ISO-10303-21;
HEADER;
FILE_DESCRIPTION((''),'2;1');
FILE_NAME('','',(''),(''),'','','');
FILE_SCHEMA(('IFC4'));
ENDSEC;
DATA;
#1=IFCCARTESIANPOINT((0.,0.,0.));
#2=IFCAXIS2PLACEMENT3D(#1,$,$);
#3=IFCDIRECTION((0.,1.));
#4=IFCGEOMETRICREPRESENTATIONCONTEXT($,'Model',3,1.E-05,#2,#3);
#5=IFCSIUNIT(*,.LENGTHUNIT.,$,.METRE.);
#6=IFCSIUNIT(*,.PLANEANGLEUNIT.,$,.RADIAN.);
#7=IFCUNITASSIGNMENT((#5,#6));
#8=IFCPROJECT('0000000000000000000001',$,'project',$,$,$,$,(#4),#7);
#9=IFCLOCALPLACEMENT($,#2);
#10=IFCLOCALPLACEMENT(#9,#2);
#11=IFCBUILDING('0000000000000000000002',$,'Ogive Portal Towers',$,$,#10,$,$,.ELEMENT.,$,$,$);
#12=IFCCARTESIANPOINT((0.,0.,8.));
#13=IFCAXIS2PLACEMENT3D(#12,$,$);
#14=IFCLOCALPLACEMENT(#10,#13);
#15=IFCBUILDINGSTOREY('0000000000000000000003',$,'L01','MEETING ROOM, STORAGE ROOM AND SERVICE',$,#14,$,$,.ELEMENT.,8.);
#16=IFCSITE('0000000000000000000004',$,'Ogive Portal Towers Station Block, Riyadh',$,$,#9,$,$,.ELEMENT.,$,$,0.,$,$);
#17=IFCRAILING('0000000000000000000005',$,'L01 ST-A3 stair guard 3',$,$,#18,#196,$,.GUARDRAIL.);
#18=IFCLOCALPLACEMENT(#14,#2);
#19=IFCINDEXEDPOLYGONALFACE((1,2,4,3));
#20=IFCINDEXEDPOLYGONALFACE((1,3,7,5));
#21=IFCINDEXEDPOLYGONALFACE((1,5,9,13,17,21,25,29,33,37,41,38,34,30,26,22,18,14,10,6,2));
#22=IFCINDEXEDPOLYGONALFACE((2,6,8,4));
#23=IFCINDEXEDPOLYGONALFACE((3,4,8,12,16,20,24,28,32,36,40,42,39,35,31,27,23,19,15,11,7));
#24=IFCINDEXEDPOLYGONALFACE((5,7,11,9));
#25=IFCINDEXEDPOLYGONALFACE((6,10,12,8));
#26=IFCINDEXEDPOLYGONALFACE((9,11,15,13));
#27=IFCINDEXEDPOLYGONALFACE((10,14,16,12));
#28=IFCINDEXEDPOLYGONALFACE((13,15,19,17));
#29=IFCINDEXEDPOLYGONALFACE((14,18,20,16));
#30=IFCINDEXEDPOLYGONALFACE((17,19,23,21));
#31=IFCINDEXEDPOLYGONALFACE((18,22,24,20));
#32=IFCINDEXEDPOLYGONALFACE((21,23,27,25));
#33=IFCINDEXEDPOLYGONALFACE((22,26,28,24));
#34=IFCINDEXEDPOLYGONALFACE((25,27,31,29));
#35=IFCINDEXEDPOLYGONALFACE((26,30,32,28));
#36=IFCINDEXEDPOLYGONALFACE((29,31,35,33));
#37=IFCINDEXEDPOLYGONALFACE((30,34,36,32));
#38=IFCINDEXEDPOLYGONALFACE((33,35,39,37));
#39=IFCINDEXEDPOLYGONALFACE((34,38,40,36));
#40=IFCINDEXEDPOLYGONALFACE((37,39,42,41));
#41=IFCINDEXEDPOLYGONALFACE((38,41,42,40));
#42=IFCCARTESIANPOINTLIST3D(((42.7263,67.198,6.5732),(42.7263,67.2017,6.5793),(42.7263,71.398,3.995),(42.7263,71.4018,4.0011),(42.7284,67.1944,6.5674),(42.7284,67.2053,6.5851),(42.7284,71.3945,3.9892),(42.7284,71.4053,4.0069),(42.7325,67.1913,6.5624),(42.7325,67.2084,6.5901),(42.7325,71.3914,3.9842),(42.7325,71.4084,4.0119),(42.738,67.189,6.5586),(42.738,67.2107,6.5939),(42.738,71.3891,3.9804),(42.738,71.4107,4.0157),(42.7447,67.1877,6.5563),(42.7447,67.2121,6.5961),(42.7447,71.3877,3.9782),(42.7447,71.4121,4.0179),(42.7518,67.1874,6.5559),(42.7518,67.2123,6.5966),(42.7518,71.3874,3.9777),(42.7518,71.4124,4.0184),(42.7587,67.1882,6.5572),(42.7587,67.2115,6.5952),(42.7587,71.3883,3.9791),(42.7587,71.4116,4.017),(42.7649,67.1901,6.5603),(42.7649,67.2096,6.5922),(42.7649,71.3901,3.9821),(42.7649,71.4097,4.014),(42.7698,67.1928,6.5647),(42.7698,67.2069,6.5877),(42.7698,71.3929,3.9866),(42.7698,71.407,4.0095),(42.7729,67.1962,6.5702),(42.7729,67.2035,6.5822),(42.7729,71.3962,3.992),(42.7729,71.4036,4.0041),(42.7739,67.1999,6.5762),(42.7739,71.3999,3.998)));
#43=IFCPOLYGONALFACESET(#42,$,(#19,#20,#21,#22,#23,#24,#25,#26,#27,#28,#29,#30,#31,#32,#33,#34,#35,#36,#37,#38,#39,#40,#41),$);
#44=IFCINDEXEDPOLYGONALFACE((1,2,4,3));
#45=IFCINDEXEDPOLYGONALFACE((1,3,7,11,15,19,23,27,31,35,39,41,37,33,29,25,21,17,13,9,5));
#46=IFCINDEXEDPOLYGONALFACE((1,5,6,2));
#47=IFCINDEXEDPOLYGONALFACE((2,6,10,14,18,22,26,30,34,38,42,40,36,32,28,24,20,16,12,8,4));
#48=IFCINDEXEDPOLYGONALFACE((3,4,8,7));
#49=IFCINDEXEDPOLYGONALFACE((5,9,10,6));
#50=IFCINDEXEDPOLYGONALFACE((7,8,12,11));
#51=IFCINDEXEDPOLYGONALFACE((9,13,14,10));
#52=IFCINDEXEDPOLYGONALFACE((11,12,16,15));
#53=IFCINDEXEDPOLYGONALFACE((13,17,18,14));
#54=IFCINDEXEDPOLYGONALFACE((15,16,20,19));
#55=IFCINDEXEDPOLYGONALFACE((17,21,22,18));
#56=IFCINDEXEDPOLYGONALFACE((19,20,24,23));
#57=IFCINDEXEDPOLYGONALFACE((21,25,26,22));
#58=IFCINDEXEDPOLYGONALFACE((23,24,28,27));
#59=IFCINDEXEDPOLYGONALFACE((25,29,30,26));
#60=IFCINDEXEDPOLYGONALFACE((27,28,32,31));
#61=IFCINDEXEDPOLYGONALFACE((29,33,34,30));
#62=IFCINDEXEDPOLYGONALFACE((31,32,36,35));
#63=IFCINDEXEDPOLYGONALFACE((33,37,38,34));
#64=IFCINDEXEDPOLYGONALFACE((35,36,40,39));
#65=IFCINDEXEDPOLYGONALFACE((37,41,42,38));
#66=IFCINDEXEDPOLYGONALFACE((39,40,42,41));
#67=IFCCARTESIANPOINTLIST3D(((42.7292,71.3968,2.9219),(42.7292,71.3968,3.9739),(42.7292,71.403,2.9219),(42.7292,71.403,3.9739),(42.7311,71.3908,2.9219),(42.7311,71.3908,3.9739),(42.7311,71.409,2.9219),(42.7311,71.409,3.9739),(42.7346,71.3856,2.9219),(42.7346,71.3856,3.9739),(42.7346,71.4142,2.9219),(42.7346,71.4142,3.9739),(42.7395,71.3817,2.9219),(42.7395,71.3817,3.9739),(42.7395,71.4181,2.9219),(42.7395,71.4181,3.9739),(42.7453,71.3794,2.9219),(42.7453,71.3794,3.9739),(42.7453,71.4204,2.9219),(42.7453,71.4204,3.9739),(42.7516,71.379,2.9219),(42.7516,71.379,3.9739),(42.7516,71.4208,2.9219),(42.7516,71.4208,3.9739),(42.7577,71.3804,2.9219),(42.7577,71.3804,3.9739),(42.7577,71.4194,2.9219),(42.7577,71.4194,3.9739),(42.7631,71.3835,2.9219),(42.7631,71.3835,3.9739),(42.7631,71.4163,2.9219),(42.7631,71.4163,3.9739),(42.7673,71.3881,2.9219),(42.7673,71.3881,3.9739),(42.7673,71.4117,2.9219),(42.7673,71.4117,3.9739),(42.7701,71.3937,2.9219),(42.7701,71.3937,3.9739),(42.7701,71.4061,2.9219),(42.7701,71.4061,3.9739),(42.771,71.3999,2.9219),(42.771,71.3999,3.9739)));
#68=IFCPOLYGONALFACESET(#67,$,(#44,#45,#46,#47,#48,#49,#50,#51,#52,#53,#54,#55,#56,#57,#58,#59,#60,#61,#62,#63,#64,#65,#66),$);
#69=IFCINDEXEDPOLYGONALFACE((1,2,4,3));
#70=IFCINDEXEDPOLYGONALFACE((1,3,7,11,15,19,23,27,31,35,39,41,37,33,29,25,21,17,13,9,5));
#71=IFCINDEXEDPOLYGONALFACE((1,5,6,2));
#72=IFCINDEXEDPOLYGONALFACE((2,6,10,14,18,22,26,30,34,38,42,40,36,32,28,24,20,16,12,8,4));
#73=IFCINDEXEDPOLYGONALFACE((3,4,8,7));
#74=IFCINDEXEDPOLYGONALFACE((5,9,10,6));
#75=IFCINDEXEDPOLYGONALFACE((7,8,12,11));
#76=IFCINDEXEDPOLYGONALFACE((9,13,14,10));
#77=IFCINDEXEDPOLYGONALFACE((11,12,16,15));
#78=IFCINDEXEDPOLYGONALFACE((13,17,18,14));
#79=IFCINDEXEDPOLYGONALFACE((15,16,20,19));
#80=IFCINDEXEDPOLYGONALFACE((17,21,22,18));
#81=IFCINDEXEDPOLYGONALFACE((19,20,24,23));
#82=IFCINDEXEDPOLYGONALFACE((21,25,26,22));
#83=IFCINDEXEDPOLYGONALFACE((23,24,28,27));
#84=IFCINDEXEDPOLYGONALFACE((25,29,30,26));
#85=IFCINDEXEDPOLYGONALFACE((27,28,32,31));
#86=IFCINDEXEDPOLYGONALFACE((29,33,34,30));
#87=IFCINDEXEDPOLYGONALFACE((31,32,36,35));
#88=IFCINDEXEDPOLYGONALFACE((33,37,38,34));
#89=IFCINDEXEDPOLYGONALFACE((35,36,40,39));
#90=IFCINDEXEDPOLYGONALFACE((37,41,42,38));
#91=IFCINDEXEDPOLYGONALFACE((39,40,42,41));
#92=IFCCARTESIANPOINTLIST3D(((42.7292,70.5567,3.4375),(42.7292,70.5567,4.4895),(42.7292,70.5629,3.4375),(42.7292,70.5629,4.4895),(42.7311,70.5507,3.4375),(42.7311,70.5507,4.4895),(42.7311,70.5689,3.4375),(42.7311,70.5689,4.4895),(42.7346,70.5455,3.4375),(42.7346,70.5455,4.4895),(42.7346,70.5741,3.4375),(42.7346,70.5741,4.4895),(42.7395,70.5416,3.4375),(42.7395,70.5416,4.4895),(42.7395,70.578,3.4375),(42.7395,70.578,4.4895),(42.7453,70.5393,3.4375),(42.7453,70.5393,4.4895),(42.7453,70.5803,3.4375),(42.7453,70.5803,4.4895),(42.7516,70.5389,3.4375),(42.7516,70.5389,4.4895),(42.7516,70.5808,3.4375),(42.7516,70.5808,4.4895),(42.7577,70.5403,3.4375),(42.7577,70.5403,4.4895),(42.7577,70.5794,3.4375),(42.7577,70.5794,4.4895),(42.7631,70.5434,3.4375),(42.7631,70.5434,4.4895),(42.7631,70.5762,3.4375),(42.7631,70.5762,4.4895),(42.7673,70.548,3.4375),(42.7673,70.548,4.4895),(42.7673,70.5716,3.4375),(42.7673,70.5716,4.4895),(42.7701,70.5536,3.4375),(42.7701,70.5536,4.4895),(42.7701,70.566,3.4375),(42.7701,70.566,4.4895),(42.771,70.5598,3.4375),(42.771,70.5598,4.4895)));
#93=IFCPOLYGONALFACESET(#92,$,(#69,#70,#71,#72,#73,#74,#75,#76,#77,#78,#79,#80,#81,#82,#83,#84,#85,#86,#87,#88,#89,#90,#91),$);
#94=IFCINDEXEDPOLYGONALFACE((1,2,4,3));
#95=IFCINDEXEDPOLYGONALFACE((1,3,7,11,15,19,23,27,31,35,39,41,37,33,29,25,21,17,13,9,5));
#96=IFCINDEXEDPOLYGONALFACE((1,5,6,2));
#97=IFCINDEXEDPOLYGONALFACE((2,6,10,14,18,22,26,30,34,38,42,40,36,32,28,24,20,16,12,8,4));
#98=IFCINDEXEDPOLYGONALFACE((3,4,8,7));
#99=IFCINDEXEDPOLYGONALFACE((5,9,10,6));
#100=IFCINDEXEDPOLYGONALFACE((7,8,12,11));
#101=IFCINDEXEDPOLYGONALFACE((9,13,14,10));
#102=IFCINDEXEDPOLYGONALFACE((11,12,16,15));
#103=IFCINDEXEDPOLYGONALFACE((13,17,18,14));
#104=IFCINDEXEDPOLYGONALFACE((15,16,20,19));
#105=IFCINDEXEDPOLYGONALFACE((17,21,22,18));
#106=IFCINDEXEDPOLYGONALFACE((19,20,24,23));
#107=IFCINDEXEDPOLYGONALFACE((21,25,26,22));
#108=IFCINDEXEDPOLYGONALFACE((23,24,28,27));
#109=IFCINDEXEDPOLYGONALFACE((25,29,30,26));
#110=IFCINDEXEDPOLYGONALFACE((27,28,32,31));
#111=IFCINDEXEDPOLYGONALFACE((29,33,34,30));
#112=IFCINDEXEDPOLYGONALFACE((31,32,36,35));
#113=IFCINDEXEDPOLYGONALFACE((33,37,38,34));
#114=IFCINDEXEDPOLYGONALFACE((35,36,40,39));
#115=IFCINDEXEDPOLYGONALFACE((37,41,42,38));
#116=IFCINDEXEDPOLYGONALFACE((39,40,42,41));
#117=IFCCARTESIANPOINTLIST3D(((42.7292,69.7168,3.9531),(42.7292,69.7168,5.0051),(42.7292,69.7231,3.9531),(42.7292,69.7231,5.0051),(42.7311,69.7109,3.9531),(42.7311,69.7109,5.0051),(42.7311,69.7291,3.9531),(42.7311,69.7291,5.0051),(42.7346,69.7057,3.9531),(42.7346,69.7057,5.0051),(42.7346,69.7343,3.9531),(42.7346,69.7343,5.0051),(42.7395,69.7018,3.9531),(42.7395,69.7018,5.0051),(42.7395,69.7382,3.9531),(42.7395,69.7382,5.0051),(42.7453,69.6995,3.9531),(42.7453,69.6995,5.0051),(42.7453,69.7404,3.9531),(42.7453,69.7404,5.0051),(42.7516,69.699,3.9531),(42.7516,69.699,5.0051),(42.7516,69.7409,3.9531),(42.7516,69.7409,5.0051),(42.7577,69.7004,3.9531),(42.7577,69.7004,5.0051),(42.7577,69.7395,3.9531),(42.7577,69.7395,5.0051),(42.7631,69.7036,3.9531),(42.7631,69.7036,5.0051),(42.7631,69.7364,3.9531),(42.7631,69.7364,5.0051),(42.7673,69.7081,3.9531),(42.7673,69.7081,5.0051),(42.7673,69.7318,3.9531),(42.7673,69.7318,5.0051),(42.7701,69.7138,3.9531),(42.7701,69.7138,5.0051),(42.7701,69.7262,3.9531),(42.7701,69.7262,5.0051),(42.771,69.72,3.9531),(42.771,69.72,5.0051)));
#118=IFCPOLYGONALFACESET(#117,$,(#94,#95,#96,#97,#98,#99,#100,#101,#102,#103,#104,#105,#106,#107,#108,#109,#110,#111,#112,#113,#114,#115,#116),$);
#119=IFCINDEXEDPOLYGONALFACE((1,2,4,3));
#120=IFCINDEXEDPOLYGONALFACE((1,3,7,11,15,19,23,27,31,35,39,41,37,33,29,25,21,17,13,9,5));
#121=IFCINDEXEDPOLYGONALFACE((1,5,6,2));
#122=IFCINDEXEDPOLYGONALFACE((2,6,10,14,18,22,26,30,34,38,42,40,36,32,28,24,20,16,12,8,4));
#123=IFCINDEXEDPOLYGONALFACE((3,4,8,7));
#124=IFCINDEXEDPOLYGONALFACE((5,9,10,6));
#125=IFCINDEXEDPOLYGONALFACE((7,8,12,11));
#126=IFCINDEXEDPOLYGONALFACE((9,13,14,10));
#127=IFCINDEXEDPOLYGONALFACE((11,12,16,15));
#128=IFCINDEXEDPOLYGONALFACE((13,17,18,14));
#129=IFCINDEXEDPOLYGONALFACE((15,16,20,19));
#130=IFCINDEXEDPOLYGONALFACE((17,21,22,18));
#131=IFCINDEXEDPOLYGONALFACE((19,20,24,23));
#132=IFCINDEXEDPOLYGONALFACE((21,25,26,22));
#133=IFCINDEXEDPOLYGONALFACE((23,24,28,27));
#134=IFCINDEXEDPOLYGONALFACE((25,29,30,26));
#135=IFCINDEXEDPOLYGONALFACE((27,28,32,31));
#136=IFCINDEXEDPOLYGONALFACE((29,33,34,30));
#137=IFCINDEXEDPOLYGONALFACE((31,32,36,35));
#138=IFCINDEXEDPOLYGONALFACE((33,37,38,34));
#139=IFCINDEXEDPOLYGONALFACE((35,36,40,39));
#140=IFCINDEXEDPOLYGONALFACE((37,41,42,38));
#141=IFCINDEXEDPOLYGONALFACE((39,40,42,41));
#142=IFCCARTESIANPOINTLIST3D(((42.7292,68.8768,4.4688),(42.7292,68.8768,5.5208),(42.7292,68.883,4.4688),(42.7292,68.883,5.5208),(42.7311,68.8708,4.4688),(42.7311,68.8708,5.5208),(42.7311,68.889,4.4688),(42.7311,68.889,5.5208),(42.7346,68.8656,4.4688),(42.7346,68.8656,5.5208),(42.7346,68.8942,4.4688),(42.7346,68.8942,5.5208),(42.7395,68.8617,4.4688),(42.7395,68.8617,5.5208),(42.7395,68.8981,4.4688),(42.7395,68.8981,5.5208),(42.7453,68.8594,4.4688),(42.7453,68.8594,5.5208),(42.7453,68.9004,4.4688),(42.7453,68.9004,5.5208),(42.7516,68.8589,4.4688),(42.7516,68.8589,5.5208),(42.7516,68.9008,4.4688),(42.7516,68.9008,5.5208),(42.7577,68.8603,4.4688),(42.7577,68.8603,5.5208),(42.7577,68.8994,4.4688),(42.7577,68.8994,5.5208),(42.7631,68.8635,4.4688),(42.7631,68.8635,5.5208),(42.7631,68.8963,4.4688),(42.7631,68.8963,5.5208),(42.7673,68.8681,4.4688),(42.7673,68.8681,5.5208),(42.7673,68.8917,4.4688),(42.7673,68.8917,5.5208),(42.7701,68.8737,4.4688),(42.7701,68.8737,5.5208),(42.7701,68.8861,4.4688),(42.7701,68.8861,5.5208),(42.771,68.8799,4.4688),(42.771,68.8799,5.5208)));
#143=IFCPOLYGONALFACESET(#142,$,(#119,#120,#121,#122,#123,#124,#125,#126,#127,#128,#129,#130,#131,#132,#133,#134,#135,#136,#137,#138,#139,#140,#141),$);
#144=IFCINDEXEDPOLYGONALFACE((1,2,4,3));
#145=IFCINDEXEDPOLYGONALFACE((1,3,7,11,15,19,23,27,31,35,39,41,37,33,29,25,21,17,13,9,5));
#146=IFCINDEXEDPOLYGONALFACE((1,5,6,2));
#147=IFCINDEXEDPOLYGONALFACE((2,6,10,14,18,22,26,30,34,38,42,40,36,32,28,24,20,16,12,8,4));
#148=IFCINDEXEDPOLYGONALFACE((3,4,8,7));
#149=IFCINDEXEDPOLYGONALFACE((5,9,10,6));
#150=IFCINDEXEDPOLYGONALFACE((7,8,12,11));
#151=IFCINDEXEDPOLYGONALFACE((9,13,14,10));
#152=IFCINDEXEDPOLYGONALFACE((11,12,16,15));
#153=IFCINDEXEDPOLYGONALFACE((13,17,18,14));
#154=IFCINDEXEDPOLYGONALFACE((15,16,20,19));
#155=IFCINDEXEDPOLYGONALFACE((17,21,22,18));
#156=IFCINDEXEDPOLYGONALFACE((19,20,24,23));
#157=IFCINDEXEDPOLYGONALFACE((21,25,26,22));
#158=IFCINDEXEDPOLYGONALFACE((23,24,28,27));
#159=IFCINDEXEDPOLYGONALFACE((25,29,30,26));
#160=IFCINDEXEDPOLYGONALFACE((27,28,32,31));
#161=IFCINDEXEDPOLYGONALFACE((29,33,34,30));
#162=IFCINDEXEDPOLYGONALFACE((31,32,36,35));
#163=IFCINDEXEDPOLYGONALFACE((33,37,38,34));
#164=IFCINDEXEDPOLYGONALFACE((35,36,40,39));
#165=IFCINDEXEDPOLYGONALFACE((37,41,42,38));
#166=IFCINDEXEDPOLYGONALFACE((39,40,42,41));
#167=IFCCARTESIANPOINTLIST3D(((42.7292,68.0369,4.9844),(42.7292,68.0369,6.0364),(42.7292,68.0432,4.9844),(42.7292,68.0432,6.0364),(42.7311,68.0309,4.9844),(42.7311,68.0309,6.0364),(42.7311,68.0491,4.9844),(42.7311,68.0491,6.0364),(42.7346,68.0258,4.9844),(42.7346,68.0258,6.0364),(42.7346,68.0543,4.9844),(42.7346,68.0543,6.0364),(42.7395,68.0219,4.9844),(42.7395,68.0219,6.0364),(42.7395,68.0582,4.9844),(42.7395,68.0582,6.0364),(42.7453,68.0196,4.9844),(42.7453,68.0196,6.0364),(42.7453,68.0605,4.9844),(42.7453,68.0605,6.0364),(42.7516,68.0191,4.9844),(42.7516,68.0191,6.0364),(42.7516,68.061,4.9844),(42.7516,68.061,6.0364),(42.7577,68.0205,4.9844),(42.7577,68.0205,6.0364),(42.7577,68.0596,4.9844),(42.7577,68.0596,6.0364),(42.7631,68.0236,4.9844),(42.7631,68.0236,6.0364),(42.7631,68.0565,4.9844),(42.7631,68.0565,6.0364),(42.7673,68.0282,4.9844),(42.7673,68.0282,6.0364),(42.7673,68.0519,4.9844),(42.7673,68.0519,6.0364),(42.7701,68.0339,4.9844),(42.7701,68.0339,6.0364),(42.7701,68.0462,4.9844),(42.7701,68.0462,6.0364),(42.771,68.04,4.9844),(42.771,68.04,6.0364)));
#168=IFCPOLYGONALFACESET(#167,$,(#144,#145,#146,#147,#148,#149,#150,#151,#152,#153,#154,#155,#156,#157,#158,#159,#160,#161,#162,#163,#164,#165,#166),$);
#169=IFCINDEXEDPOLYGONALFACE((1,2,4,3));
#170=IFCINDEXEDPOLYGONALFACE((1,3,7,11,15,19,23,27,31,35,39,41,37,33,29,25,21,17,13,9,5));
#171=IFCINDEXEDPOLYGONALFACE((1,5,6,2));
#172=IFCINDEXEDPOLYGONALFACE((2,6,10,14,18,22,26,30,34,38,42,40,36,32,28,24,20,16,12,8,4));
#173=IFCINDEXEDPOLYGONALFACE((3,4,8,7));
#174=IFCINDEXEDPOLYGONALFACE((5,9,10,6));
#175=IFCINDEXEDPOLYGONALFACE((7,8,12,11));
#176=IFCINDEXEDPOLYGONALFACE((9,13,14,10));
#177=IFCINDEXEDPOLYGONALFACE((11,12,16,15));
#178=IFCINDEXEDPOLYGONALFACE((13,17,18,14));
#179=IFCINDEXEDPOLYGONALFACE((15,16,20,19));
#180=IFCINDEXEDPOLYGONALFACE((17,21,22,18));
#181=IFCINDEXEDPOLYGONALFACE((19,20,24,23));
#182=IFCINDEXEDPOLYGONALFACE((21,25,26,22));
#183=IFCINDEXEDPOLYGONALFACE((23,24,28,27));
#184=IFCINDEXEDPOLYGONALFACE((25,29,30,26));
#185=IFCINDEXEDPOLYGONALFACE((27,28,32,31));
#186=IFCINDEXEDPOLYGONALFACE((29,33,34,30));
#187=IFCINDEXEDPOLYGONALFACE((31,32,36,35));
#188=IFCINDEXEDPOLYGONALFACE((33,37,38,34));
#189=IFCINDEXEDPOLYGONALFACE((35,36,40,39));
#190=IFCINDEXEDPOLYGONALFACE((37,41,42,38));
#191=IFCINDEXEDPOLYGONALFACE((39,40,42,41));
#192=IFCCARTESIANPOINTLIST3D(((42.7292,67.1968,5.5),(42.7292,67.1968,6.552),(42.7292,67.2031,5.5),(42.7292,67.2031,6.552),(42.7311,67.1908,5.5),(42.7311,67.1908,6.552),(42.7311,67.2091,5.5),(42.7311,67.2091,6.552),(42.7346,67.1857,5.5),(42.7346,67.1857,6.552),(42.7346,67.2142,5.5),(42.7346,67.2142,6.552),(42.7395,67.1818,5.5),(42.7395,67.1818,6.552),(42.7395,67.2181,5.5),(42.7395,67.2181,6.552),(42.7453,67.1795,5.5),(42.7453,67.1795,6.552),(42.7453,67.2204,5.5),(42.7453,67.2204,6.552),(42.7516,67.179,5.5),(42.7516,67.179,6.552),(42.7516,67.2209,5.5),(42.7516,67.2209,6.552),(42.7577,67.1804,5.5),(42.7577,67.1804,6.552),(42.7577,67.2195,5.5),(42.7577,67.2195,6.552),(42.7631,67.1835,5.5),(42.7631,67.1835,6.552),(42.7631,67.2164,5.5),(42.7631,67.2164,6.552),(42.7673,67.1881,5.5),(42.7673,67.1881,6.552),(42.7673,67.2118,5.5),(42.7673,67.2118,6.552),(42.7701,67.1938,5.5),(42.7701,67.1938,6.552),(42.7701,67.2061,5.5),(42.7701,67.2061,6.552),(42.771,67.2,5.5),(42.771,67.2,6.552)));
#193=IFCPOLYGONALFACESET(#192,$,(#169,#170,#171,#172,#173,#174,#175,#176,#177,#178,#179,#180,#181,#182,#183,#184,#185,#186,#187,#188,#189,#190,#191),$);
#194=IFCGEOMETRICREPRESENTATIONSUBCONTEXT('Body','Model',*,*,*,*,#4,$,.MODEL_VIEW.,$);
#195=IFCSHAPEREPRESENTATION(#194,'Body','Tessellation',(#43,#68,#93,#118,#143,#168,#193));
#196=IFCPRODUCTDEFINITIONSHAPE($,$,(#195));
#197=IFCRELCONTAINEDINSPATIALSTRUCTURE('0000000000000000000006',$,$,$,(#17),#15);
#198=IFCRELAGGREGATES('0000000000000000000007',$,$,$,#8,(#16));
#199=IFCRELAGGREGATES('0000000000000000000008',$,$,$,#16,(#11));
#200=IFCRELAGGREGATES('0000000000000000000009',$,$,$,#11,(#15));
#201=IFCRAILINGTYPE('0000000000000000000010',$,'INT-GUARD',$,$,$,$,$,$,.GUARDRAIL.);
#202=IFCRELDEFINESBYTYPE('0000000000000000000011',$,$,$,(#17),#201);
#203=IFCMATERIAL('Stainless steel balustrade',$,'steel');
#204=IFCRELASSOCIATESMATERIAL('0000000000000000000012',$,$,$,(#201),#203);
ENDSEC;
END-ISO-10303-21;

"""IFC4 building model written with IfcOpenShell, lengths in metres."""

from ifc_helpers import new_model, si_unit, direction, frame, origin, origin_2d, place, context, subcontext, project, spatial, circle, extrude, material, type_object, element, save


model = new_model("IFC4")

# Units and contexts
model_context = context("Model", 3, precision=1e-05, world=origin(), true_north=direction((0.0, 1.0)))
body_context = subcontext(model_context, "Body", "Model", "MODEL_VIEW")
ifc_project = project(units=[si_unit("LENGTHUNIT", "METRE"), si_unit("PLANEANGLEUNIT", "RADIAN")], contexts=[model_context])

# Site, building, storey
site_placement = place(None, origin())
site = spatial("IfcSite", under=ifc_project, at=site_placement, Name="Ogive Portal Towers Station Block, Riyadh", CompositionType="ELEMENT", RefElevation=0.0)
building_placement = place(site_placement, origin())
building = spatial("IfcBuilding", under=site, at=building_placement, Name="Ogive Portal Towers", CompositionType="ELEMENT")
storey_placement = place(building_placement, frame((0.0, 0.0, 8.0)))
storey = spatial("IfcBuildingStorey", under=building, at=storey_placement, Name="L01", Description="MEETING ROOM, STORAGE ROOM AND SERVICE", CompositionType="ELEMENT", Elevation=8.0)

# Railing
ifc_material_1 = material(Name="Stainless steel balustrade", Category="steel")
railing_type_1 = type_object("IfcRailingType", Name="INT-GUARD", PredefinedType="GUARDRAIL", material=ifc_material_1)
railing_1_placement = place(storey_placement, frame((42.75, 71.3999, 2.9219)))
element("IfcRailing", 1, at=railing_1_placement, inside=storey, type_object=railing_type_1, Name="L01 ST-A3 stair guard 3", PredefinedType="GUARDRAIL", context=body_context, shape_type="SweptSolid", body=[
    extrude(circle(Radius=0.0239, at=origin_2d()), frame((0.0, 0.0, 1.0762), z_axis=(0.0, -0.852243, 0.523146), x_axis=(1.0, 0.0, 0.0)), (0.0, 0.0, 1.0), 4.9282),
    extrude(circle(Radius=0.021, at=origin_2d()), origin(), (0.0, 0.0, 1.0), 1.052),
    extrude(circle(Radius=0.021, at=origin_2d()), frame((0.0, -0.8401, 0.5156)), (0.0, 0.0, 1.0), 1.052),
    extrude(circle(Radius=0.021, at=origin_2d()), frame((0.0, -1.6799, 1.0312)), (0.0, 0.0, 1.0), 1.052),
    extrude(circle(Radius=0.021, at=origin_2d()), frame((0.0, -2.52, 1.5469)), (0.0, 0.0, 1.0), 1.052),
    extrude(circle(Radius=0.021, at=origin_2d()), frame((0.0, -3.3599, 2.0625)), (0.0, 0.0, 1.0), 1.052),
    extrude(circle(Radius=0.021, at=origin_2d()), frame((0.0, -4.2, 2.5781)), (0.0, 0.0, 1.0), 1.052),
])

save(model, "model.ifc")
